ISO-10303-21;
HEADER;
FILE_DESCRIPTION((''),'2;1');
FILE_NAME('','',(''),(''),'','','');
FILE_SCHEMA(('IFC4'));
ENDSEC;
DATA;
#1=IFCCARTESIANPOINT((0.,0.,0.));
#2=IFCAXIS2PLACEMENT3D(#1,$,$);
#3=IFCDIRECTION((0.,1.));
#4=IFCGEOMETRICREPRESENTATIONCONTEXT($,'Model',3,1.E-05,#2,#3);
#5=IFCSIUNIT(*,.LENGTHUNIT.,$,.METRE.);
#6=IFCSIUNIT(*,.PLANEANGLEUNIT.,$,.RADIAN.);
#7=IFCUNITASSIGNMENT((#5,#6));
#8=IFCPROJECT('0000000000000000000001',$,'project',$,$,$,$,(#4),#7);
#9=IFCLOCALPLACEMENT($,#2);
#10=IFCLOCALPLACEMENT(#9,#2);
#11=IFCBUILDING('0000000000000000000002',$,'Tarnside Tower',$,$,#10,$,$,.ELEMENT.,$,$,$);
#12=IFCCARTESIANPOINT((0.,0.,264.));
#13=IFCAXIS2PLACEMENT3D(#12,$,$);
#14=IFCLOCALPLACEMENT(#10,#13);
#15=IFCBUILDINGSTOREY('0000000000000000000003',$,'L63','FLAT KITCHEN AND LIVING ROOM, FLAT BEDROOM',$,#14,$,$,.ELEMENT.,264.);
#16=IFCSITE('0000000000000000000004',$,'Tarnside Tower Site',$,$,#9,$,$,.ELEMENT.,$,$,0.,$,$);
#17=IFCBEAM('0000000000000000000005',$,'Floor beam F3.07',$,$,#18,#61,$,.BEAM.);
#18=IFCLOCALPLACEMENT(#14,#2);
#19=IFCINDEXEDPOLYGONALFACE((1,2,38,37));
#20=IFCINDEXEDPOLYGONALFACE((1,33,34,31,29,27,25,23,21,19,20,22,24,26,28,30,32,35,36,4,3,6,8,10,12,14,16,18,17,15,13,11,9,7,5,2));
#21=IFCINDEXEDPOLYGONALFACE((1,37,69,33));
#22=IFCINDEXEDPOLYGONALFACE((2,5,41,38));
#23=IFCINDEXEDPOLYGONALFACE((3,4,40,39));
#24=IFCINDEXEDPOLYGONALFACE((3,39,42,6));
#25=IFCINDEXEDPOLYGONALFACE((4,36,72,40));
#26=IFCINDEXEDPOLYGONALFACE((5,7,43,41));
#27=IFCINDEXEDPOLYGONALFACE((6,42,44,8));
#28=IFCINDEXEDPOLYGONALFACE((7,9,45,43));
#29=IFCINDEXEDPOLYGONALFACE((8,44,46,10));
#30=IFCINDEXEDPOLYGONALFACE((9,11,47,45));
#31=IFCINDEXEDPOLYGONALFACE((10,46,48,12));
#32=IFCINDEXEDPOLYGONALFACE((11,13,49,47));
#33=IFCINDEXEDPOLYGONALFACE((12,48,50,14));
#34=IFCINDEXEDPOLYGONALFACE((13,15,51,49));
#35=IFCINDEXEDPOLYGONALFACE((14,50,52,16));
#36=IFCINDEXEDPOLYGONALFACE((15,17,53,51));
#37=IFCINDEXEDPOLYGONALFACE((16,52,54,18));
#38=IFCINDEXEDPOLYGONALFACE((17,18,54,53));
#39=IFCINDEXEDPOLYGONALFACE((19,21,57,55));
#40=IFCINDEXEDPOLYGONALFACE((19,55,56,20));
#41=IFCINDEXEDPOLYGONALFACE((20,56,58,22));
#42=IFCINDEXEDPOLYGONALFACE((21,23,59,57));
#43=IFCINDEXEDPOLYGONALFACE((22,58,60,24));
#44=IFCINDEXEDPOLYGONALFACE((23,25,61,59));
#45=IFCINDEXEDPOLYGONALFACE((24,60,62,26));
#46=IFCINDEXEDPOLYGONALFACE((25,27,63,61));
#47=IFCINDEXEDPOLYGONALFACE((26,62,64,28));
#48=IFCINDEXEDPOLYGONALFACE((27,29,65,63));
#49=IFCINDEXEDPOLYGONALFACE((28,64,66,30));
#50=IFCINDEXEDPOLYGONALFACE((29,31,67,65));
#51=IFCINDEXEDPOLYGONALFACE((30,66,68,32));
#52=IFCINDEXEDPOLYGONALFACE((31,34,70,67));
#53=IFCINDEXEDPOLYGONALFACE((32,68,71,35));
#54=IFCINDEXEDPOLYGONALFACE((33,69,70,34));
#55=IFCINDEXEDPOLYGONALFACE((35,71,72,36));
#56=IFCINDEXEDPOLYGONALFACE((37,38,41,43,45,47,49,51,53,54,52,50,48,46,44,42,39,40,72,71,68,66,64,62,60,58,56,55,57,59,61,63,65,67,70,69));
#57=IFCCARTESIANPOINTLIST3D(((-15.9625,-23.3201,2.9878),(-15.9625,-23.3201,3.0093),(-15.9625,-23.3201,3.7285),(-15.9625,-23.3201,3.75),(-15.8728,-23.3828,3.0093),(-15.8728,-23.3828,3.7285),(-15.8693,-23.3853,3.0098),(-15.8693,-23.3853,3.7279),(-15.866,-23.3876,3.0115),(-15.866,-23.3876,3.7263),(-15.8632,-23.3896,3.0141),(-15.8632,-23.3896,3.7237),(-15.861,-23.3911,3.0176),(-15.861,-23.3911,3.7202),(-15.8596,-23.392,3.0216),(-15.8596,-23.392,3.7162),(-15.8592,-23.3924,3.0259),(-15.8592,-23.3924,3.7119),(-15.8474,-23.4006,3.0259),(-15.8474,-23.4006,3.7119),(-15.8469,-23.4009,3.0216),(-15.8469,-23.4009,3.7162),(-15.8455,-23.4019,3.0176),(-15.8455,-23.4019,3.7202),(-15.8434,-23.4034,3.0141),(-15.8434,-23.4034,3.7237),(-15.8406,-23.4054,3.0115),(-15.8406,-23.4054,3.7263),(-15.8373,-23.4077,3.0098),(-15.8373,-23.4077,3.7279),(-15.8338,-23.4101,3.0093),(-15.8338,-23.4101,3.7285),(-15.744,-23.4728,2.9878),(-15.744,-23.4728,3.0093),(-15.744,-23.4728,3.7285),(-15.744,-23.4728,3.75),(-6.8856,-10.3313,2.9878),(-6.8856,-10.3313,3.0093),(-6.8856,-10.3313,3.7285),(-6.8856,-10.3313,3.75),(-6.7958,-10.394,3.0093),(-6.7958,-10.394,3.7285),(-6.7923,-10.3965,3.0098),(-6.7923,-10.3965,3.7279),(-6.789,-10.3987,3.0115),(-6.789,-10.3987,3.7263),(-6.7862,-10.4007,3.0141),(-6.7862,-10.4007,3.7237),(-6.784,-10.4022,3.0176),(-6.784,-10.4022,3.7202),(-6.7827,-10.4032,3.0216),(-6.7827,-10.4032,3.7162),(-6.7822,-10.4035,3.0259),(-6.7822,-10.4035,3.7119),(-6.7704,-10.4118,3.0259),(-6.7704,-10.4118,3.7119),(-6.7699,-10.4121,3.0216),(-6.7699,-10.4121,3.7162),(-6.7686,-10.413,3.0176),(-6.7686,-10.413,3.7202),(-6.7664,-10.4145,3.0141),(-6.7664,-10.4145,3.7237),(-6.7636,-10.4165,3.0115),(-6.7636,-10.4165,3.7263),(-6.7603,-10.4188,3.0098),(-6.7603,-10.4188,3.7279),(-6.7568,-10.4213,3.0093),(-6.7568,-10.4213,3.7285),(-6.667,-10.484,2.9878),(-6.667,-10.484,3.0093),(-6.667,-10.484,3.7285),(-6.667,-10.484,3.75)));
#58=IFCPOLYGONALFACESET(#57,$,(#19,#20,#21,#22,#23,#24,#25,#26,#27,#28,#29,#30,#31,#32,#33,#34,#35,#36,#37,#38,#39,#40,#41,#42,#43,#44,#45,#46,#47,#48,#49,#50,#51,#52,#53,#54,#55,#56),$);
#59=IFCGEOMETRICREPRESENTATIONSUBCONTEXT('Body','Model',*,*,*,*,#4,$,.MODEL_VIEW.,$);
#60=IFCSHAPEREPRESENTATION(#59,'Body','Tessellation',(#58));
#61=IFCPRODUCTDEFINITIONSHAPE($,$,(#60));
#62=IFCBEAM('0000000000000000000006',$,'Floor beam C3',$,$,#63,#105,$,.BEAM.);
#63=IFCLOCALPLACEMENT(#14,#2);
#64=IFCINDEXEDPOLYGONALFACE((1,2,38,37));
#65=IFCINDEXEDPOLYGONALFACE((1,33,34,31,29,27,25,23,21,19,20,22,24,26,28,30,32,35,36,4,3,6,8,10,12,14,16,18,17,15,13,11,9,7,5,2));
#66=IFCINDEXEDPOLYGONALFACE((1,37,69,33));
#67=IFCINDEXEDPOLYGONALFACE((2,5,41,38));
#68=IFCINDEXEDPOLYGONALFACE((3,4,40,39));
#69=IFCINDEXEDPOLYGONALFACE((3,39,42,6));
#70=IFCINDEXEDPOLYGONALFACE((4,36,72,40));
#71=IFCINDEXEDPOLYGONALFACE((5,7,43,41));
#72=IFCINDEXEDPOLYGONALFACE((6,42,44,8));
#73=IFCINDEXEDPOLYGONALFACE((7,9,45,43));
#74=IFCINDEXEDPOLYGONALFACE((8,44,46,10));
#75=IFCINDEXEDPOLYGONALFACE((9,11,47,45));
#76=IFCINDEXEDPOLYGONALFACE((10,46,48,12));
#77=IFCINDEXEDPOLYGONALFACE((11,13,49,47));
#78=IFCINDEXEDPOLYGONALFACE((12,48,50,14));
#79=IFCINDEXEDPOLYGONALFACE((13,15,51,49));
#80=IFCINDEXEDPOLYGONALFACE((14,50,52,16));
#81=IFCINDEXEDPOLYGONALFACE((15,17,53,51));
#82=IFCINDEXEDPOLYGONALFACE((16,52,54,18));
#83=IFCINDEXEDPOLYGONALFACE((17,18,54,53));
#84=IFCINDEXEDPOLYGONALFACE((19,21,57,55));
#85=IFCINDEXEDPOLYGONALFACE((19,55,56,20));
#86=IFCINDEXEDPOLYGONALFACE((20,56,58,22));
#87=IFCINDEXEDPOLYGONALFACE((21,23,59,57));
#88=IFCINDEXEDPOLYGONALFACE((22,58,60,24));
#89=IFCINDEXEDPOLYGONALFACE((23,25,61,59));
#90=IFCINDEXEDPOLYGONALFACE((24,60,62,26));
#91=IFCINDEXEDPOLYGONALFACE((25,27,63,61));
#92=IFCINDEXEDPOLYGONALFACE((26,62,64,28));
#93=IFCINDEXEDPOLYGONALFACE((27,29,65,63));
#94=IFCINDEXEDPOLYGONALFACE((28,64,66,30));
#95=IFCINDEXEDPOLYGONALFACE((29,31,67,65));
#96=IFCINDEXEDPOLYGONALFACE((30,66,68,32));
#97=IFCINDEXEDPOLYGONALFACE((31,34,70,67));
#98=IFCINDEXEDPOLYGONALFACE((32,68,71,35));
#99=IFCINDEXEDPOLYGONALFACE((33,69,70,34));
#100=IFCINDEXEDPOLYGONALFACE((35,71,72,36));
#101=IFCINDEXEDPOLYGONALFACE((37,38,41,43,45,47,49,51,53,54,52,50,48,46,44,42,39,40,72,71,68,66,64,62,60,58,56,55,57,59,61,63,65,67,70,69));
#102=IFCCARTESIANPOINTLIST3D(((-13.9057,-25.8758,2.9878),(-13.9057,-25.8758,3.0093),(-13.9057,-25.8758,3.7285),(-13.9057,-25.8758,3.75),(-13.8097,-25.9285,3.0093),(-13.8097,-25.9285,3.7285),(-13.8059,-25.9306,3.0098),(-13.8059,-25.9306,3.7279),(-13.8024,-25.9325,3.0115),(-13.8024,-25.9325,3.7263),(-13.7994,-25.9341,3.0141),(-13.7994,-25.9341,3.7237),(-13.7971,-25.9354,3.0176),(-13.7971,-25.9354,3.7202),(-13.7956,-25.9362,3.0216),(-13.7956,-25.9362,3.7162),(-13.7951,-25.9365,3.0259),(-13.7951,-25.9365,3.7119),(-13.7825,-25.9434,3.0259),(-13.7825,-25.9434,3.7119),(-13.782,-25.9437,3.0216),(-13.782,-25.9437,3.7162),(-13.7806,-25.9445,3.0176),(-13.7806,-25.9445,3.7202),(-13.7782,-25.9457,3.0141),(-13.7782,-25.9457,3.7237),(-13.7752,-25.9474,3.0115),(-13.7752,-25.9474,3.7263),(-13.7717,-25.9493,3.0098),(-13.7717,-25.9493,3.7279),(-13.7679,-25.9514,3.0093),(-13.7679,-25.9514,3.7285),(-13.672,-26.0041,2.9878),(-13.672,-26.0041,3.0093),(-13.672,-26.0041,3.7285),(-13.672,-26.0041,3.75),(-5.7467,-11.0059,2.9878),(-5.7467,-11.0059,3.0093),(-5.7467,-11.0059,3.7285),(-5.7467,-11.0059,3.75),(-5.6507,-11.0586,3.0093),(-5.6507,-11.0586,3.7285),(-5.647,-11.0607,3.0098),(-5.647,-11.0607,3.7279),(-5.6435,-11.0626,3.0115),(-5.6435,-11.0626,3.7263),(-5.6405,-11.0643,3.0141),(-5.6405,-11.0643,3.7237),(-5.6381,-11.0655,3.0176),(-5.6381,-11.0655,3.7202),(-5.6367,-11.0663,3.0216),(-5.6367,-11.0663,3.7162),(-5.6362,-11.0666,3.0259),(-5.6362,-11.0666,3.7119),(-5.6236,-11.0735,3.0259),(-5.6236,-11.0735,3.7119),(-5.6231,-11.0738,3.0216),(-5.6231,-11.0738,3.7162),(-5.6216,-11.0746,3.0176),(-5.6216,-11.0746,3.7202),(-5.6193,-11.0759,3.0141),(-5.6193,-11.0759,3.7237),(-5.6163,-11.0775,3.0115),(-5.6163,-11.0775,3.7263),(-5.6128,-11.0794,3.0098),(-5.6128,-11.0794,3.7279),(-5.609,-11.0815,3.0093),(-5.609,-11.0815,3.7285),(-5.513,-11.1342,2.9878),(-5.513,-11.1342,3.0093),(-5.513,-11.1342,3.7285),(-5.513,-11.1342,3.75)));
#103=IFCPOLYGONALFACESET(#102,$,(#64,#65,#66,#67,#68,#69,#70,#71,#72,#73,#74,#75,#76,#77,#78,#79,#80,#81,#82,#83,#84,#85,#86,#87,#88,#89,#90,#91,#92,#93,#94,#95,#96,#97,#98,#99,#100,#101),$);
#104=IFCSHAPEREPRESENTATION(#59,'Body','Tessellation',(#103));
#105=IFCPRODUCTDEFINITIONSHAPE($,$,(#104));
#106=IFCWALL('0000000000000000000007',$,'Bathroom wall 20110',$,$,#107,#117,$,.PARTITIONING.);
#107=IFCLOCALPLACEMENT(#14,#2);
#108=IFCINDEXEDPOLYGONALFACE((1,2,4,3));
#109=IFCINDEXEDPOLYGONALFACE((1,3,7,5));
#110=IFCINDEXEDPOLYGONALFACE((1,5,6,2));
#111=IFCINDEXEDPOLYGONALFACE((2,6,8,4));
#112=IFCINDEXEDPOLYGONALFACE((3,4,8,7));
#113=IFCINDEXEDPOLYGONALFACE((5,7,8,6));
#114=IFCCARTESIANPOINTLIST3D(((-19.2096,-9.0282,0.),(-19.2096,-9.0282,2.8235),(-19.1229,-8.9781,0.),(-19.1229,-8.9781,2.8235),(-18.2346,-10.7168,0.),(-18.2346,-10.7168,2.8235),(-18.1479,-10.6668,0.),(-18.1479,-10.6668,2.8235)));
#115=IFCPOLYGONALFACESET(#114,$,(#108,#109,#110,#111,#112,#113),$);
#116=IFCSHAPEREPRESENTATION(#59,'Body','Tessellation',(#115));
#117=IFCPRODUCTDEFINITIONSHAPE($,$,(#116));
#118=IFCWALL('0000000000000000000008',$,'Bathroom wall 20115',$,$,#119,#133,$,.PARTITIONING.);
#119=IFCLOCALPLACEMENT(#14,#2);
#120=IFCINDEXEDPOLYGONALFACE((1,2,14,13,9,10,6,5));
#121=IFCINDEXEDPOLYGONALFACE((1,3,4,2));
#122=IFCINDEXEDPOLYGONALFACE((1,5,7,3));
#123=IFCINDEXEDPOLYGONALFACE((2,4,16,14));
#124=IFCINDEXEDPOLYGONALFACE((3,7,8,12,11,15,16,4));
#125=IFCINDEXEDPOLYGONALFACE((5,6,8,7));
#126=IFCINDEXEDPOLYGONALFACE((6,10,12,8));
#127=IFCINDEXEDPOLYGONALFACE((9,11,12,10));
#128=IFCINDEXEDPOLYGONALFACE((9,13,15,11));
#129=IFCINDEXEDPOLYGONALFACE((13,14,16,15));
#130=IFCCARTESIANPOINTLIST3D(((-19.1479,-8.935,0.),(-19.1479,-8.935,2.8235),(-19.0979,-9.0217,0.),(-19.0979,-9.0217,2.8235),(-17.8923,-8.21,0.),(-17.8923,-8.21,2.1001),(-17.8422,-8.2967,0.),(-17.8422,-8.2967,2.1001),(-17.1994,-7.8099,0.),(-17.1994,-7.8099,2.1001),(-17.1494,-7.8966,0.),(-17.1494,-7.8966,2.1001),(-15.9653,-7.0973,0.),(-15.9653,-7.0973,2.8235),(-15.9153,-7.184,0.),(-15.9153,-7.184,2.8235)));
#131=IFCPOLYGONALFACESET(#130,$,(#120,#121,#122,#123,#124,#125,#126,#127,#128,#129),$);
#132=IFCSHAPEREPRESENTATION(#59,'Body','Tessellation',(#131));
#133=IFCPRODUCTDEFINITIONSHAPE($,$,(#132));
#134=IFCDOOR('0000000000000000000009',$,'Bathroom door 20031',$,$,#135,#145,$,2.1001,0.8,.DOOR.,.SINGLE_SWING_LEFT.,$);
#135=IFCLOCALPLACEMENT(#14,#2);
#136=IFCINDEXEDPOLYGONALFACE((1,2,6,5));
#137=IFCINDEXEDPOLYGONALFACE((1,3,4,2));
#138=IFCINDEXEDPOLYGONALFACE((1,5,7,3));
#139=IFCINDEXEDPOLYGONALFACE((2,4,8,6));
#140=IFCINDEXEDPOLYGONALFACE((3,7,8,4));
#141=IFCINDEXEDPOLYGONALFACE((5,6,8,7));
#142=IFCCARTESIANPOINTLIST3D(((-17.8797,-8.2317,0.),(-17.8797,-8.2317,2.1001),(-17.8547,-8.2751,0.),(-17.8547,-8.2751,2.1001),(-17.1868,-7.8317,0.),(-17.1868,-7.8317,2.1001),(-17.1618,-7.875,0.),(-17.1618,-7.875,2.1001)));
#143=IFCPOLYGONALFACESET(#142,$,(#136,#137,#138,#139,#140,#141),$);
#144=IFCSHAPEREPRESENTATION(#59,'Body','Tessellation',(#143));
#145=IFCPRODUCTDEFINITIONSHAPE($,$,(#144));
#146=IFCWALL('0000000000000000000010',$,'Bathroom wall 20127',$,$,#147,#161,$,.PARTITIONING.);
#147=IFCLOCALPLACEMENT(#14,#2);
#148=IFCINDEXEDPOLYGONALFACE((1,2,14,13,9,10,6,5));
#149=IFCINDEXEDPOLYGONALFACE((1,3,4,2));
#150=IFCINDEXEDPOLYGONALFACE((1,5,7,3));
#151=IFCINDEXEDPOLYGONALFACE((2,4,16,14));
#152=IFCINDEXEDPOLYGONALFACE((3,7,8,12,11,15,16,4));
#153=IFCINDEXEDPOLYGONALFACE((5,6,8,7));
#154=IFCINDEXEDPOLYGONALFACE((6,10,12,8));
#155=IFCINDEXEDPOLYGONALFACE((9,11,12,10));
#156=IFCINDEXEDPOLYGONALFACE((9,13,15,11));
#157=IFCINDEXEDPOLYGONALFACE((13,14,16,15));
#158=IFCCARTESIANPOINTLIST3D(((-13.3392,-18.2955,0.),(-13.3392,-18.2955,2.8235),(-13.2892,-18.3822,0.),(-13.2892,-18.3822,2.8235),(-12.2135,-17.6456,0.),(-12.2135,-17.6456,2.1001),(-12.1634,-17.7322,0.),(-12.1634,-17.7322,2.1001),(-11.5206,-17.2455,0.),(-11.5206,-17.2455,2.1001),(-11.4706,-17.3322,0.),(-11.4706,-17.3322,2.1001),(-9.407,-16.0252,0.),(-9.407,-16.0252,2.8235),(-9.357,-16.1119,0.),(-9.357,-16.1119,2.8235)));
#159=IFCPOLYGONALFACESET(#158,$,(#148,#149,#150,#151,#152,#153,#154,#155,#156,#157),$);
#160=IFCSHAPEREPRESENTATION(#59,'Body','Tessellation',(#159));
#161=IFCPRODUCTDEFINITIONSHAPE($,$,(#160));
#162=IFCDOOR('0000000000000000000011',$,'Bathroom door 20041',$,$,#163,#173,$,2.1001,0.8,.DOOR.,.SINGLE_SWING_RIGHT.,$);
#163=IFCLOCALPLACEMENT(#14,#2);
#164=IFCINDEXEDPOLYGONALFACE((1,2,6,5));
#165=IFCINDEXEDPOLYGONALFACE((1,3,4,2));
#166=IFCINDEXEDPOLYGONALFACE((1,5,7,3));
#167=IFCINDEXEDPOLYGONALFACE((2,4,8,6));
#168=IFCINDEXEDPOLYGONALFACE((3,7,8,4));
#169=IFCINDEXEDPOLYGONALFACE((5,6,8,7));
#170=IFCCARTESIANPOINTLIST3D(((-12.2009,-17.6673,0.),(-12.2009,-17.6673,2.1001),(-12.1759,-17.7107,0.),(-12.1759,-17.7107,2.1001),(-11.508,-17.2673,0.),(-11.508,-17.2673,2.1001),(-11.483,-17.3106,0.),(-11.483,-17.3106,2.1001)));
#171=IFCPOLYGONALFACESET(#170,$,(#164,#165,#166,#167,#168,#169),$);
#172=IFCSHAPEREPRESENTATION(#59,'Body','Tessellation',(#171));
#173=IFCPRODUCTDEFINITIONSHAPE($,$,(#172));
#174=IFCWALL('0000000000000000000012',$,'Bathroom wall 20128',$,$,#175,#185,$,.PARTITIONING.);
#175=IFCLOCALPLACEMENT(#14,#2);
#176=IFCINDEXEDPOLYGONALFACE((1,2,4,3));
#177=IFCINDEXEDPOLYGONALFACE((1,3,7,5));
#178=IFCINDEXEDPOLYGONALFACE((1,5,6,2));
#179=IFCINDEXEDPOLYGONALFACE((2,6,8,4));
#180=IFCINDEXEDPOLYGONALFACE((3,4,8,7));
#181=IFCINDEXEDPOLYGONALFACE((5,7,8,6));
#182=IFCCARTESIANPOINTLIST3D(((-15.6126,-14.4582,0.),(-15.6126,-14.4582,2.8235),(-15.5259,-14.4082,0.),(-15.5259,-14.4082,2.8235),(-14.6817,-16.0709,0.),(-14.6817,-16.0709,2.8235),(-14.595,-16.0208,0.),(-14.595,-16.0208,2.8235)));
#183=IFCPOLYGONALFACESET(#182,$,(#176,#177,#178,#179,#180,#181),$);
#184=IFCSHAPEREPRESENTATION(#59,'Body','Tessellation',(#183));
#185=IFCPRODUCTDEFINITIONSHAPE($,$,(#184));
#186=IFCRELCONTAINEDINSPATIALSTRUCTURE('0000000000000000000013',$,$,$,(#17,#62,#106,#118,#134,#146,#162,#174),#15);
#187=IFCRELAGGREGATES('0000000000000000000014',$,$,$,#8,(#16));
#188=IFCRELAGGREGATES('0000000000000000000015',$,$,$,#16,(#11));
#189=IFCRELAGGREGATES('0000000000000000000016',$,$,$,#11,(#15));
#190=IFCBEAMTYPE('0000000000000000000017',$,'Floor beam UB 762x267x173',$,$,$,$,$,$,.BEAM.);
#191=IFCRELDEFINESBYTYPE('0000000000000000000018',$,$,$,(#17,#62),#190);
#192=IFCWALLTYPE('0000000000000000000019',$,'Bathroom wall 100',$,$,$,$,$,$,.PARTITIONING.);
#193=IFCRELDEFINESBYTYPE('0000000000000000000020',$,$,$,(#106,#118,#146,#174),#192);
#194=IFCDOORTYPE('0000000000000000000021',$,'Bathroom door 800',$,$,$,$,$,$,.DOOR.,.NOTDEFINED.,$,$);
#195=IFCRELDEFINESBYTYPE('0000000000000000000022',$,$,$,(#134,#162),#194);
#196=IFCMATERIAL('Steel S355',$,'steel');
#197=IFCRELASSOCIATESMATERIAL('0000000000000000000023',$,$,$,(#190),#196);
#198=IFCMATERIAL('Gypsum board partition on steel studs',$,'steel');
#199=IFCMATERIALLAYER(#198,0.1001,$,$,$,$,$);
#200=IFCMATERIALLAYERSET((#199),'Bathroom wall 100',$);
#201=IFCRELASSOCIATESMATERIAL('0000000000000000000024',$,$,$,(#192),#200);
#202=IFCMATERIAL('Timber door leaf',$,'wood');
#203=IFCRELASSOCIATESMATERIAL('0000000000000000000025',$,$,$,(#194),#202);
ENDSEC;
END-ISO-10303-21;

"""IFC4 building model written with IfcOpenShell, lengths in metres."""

from ifc_helpers import new_model, si_unit, direction, frame, frame_2d, origin, origin_2d, place, context, subcontext, project, spatial, rectangle, i_section, extrude, material, layer, layer_set, material_profile, profile_set, type_object, element, fill, save


model = new_model("IFC4")

# Units and contexts
model_context = context("Model", 3, precision=1e-05, world=origin(), true_north=direction((0.0, 1.0)))
body_context = subcontext(model_context, "Body", "Model", "MODEL_VIEW")
ifc_project = project(units=[si_unit("LENGTHUNIT", "METRE"), si_unit("PLANEANGLEUNIT", "RADIAN")], contexts=[model_context])

# Site, building, storey
site_placement = place(None, origin())
site = spatial("IfcSite", under=ifc_project, at=site_placement, Name="Tarnside Tower Site", CompositionType="ELEMENT", RefElevation=0.0)
building_placement = place(site_placement, origin())
building = spatial("IfcBuilding", under=site, at=building_placement, Name="Tarnside Tower", CompositionType="ELEMENT")
storey_placement = place(building_placement, frame((0.0, 0.0, 264.0)))
storey = spatial("IfcBuildingStorey", under=building, at=storey_placement, Name="L63", Description="FLAT KITCHEN AND LIVING ROOM, FLAT BEDROOM", CompositionType="ELEMENT", Elevation=264.0)

# Beams
ifc_material_1 = material(Name="Steel S355", Category="steel")
ifc_material_profile_1 = material_profile(ifc_material_1, i_section(OverallWidth=0.2666, OverallDepth=0.7622, WebThickness=0.0144, FlangeThickness=0.0215, FilletRadius=0.0166, at=origin_2d()), Name="UB 762x267x173")
ifc_profile_set_1 = profile_set([ifc_material_profile_1], Name="Steel S355")
beam_type_1 = type_object("IfcBeamType", Name="Floor beam UB 762x267x173", PredefinedType="BEAM", material=ifc_profile_set_1)
beam_1_placement = place(storey_placement, frame((-15.8533, -23.3965, 3.3689), z_axis=(0.572817, 0.819683, 0.0), x_axis=(-0.819683, 0.572817, 0.0)))
element("IfcBeam", 1, at=beam_1_placement, inside=storey, type_object=beam_type_1, Name="Floor beam F3.07", PredefinedType="BEAM", context=body_context, shape_type="SweptSolid", body=[
    extrude(i_section(OverallWidth=0.2666, OverallDepth=0.7622, WebThickness=0.0144, FlangeThickness=0.0215, FilletRadius=0.0166, at=origin_2d()), origin(), (0.0, 0.0, 1.0), 15.8462),
])
beam_2_placement = place(storey_placement, frame((-13.7888, -25.9399, 3.3689), z_axis=(0.481036, 0.876701, 0.0), x_axis=(-0.876701, 0.481036, 0.0)))
element("IfcBeam", 2, at=beam_2_placement, inside=storey, type_object=beam_type_1, Name="Floor beam C3", PredefinedType="BEAM", context=body_context, shape_type="SweptSolid", body=[
    extrude(i_section(OverallWidth=0.2666, OverallDepth=0.7622, WebThickness=0.0144, FlangeThickness=0.0215, FilletRadius=0.0166, at=origin_2d()), origin(), (0.0, 0.0, 1.0), 16.9612),
])

# Wall
ifc_material_2 = material(Name="Gypsum board partition on steel studs", Category="steel")
ifc_layer_1 = layer(ifc_material_2, 0.1001)
ifc_layer_set_1 = layer_set([ifc_layer_1], Name="Bathroom wall 100")
wall_type_1 = type_object("IfcWallType", Name="Bathroom wall 100", PredefinedType="PARTITIONING", material=ifc_layer_set_1)
wall_1_placement = place(storey_placement, frame((-18.1912, -10.6919, 0.0), z_axis=(0.0, 0.0, 1.0), x_axis=(-0.500044, 0.866, 0.0)))
element("IfcWall", 3, at=wall_1_placement, inside=storey, type_object=wall_type_1, Name="Bathroom wall 20110", PredefinedType="PARTITIONING", context=body_context, shape_type="SweptSolid", body=[
    extrude(rectangle(XDim=1.95, YDim=0.1001, at=frame_2d((0.9751, 0.0))), origin(), (0.0, 0.0, 1.0), 2.8235),
])

# Walls, openings, doors
wall_2_placement = place(storey_placement, frame((-19.1228, -8.9783, 0.0), z_axis=(0.0, 0.0, 1.0), x_axis=(0.866006, 0.500033, 0.0)))
wall_2 = element("IfcWall", 4, at=wall_2_placement, inside=storey, type_object=wall_type_1, Name="Bathroom wall 20115", PredefinedType="PARTITIONING", context=body_context, shape_type="SweptSolid", body=[
    extrude(rectangle(XDim=3.675, YDim=0.1001, at=frame_2d((1.8374, 0.0))), origin(), (0.0, 0.0, 1.0), 2.8235),
])
opening_1_placement = place(wall_2_placement, frame((1.45, 0.0, 0.0)))
opening_1 = element("IfcOpeningElement", 5, at=opening_1_placement, cuts=wall_2, PredefinedType="OPENING", context=body_context, shape_type="SweptSolid", body=[
    extrude(rectangle(XDim=0.8, YDim=2.1001, at=frame_2d((0.3999, 1.05))), frame((0.0, 0.0601, 0.0), z_axis=(0.0, -1.0, 0.0), x_axis=(1.0, 0.0, 0.0)), (0.0, 0.0, 1.0), 0.1201),
])
ifc_material_3 = material(Name="Timber door leaf", Category="wood")
door_type_1 = type_object("IfcDoorType", Name="Bathroom door 800", OperationType="NOTDEFINED", PredefinedType="DOOR", material=ifc_material_3)
door_1_placement = place(opening_1_placement, origin())
door_1 = element("IfcDoor", 6, at=door_1_placement, inside=storey, type_object=door_type_1, Name="Bathroom door 20031", OperationType="SINGLE_SWING_LEFT", OverallHeight=2.1001, OverallWidth=0.8, PredefinedType="DOOR", context=body_context, shape_type="SweptSolid", body=[
    extrude(rectangle(XDim=0.8, YDim=2.1001, at=frame_2d((0.3999, 1.05))), frame((0.0, 0.0249, 0.0), z_axis=(0.0, -1.0, 0.0), x_axis=(1.0, 0.0, 0.0)), (0.0, 0.0, 1.0), 0.05),
])
fill(opening_1, door_1)
wall_3_placement = place(storey_placement, frame((-13.3142, -18.3389, 0.0), z_axis=(0.0, 0.0, 1.0), x_axis=(0.866021, 0.500008, 0.0)))
wall_3 = element("IfcWall", 7, at=wall_3_placement, inside=storey, type_object=wall_type_1, Name="Bathroom wall 20127", PredefinedType="PARTITIONING", context=body_context, shape_type="SweptSolid", body=[
    extrude(rectangle(XDim=4.5405, YDim=0.1001, at=frame_2d((2.2703, 0.0))), origin(), (0.0, 0.0, 1.0), 2.8235),
])
opening_2_placement = place(wall_3_placement, frame((1.3, 0.0, 0.0)))
opening_2 = element("IfcOpeningElement", 8, at=opening_2_placement, cuts=wall_3, PredefinedType="OPENING", context=body_context, shape_type="SweptSolid", body=[
    extrude(rectangle(XDim=0.8, YDim=2.1001, at=frame_2d((0.3999, 1.05))), frame((0.0, 0.0601, 0.0), z_axis=(0.0, -1.0, 0.0), x_axis=(1.0, 0.0, 0.0)), (0.0, 0.0, 1.0), 0.1201),
])
door_2_placement = place(opening_2_placement, origin())
door_2 = element("IfcDoor", 9, at=door_2_placement, inside=storey, type_object=door_type_1, Name="Bathroom door 20041", OperationType="SINGLE_SWING_RIGHT", OverallHeight=2.1001, OverallWidth=0.8, PredefinedType="DOOR", context=body_context, shape_type="SweptSolid", body=[
    extrude(rectangle(XDim=0.8, YDim=2.1001, at=frame_2d((0.3999, 1.05))), frame((0.0, 0.0249, 0.0), z_axis=(0.0, -1.0, 0.0), x_axis=(1.0, 0.0, 0.0)), (0.0, 0.0, 1.0), 0.05),
])
fill(opening_2, door_2)

# Wall
wall_4_placement = place(storey_placement, frame((-15.5693, -14.4331, 0.0), z_axis=(0.0, 0.0, 1.0), x_axis=(0.499961, -0.866048, 0.0)))
element("IfcWall", 10, at=wall_4_placement, inside=storey, type_object=wall_type_1, Name="Bathroom wall 20128", PredefinedType="PARTITIONING", context=body_context, shape_type="SweptSolid", body=[
    extrude(rectangle(XDim=1.8621, YDim=0.1001, at=frame_2d((0.9312, 0.0))), origin(), (0.0, 0.0, 1.0), 2.8235),
])

save(model, "model.ifc")
